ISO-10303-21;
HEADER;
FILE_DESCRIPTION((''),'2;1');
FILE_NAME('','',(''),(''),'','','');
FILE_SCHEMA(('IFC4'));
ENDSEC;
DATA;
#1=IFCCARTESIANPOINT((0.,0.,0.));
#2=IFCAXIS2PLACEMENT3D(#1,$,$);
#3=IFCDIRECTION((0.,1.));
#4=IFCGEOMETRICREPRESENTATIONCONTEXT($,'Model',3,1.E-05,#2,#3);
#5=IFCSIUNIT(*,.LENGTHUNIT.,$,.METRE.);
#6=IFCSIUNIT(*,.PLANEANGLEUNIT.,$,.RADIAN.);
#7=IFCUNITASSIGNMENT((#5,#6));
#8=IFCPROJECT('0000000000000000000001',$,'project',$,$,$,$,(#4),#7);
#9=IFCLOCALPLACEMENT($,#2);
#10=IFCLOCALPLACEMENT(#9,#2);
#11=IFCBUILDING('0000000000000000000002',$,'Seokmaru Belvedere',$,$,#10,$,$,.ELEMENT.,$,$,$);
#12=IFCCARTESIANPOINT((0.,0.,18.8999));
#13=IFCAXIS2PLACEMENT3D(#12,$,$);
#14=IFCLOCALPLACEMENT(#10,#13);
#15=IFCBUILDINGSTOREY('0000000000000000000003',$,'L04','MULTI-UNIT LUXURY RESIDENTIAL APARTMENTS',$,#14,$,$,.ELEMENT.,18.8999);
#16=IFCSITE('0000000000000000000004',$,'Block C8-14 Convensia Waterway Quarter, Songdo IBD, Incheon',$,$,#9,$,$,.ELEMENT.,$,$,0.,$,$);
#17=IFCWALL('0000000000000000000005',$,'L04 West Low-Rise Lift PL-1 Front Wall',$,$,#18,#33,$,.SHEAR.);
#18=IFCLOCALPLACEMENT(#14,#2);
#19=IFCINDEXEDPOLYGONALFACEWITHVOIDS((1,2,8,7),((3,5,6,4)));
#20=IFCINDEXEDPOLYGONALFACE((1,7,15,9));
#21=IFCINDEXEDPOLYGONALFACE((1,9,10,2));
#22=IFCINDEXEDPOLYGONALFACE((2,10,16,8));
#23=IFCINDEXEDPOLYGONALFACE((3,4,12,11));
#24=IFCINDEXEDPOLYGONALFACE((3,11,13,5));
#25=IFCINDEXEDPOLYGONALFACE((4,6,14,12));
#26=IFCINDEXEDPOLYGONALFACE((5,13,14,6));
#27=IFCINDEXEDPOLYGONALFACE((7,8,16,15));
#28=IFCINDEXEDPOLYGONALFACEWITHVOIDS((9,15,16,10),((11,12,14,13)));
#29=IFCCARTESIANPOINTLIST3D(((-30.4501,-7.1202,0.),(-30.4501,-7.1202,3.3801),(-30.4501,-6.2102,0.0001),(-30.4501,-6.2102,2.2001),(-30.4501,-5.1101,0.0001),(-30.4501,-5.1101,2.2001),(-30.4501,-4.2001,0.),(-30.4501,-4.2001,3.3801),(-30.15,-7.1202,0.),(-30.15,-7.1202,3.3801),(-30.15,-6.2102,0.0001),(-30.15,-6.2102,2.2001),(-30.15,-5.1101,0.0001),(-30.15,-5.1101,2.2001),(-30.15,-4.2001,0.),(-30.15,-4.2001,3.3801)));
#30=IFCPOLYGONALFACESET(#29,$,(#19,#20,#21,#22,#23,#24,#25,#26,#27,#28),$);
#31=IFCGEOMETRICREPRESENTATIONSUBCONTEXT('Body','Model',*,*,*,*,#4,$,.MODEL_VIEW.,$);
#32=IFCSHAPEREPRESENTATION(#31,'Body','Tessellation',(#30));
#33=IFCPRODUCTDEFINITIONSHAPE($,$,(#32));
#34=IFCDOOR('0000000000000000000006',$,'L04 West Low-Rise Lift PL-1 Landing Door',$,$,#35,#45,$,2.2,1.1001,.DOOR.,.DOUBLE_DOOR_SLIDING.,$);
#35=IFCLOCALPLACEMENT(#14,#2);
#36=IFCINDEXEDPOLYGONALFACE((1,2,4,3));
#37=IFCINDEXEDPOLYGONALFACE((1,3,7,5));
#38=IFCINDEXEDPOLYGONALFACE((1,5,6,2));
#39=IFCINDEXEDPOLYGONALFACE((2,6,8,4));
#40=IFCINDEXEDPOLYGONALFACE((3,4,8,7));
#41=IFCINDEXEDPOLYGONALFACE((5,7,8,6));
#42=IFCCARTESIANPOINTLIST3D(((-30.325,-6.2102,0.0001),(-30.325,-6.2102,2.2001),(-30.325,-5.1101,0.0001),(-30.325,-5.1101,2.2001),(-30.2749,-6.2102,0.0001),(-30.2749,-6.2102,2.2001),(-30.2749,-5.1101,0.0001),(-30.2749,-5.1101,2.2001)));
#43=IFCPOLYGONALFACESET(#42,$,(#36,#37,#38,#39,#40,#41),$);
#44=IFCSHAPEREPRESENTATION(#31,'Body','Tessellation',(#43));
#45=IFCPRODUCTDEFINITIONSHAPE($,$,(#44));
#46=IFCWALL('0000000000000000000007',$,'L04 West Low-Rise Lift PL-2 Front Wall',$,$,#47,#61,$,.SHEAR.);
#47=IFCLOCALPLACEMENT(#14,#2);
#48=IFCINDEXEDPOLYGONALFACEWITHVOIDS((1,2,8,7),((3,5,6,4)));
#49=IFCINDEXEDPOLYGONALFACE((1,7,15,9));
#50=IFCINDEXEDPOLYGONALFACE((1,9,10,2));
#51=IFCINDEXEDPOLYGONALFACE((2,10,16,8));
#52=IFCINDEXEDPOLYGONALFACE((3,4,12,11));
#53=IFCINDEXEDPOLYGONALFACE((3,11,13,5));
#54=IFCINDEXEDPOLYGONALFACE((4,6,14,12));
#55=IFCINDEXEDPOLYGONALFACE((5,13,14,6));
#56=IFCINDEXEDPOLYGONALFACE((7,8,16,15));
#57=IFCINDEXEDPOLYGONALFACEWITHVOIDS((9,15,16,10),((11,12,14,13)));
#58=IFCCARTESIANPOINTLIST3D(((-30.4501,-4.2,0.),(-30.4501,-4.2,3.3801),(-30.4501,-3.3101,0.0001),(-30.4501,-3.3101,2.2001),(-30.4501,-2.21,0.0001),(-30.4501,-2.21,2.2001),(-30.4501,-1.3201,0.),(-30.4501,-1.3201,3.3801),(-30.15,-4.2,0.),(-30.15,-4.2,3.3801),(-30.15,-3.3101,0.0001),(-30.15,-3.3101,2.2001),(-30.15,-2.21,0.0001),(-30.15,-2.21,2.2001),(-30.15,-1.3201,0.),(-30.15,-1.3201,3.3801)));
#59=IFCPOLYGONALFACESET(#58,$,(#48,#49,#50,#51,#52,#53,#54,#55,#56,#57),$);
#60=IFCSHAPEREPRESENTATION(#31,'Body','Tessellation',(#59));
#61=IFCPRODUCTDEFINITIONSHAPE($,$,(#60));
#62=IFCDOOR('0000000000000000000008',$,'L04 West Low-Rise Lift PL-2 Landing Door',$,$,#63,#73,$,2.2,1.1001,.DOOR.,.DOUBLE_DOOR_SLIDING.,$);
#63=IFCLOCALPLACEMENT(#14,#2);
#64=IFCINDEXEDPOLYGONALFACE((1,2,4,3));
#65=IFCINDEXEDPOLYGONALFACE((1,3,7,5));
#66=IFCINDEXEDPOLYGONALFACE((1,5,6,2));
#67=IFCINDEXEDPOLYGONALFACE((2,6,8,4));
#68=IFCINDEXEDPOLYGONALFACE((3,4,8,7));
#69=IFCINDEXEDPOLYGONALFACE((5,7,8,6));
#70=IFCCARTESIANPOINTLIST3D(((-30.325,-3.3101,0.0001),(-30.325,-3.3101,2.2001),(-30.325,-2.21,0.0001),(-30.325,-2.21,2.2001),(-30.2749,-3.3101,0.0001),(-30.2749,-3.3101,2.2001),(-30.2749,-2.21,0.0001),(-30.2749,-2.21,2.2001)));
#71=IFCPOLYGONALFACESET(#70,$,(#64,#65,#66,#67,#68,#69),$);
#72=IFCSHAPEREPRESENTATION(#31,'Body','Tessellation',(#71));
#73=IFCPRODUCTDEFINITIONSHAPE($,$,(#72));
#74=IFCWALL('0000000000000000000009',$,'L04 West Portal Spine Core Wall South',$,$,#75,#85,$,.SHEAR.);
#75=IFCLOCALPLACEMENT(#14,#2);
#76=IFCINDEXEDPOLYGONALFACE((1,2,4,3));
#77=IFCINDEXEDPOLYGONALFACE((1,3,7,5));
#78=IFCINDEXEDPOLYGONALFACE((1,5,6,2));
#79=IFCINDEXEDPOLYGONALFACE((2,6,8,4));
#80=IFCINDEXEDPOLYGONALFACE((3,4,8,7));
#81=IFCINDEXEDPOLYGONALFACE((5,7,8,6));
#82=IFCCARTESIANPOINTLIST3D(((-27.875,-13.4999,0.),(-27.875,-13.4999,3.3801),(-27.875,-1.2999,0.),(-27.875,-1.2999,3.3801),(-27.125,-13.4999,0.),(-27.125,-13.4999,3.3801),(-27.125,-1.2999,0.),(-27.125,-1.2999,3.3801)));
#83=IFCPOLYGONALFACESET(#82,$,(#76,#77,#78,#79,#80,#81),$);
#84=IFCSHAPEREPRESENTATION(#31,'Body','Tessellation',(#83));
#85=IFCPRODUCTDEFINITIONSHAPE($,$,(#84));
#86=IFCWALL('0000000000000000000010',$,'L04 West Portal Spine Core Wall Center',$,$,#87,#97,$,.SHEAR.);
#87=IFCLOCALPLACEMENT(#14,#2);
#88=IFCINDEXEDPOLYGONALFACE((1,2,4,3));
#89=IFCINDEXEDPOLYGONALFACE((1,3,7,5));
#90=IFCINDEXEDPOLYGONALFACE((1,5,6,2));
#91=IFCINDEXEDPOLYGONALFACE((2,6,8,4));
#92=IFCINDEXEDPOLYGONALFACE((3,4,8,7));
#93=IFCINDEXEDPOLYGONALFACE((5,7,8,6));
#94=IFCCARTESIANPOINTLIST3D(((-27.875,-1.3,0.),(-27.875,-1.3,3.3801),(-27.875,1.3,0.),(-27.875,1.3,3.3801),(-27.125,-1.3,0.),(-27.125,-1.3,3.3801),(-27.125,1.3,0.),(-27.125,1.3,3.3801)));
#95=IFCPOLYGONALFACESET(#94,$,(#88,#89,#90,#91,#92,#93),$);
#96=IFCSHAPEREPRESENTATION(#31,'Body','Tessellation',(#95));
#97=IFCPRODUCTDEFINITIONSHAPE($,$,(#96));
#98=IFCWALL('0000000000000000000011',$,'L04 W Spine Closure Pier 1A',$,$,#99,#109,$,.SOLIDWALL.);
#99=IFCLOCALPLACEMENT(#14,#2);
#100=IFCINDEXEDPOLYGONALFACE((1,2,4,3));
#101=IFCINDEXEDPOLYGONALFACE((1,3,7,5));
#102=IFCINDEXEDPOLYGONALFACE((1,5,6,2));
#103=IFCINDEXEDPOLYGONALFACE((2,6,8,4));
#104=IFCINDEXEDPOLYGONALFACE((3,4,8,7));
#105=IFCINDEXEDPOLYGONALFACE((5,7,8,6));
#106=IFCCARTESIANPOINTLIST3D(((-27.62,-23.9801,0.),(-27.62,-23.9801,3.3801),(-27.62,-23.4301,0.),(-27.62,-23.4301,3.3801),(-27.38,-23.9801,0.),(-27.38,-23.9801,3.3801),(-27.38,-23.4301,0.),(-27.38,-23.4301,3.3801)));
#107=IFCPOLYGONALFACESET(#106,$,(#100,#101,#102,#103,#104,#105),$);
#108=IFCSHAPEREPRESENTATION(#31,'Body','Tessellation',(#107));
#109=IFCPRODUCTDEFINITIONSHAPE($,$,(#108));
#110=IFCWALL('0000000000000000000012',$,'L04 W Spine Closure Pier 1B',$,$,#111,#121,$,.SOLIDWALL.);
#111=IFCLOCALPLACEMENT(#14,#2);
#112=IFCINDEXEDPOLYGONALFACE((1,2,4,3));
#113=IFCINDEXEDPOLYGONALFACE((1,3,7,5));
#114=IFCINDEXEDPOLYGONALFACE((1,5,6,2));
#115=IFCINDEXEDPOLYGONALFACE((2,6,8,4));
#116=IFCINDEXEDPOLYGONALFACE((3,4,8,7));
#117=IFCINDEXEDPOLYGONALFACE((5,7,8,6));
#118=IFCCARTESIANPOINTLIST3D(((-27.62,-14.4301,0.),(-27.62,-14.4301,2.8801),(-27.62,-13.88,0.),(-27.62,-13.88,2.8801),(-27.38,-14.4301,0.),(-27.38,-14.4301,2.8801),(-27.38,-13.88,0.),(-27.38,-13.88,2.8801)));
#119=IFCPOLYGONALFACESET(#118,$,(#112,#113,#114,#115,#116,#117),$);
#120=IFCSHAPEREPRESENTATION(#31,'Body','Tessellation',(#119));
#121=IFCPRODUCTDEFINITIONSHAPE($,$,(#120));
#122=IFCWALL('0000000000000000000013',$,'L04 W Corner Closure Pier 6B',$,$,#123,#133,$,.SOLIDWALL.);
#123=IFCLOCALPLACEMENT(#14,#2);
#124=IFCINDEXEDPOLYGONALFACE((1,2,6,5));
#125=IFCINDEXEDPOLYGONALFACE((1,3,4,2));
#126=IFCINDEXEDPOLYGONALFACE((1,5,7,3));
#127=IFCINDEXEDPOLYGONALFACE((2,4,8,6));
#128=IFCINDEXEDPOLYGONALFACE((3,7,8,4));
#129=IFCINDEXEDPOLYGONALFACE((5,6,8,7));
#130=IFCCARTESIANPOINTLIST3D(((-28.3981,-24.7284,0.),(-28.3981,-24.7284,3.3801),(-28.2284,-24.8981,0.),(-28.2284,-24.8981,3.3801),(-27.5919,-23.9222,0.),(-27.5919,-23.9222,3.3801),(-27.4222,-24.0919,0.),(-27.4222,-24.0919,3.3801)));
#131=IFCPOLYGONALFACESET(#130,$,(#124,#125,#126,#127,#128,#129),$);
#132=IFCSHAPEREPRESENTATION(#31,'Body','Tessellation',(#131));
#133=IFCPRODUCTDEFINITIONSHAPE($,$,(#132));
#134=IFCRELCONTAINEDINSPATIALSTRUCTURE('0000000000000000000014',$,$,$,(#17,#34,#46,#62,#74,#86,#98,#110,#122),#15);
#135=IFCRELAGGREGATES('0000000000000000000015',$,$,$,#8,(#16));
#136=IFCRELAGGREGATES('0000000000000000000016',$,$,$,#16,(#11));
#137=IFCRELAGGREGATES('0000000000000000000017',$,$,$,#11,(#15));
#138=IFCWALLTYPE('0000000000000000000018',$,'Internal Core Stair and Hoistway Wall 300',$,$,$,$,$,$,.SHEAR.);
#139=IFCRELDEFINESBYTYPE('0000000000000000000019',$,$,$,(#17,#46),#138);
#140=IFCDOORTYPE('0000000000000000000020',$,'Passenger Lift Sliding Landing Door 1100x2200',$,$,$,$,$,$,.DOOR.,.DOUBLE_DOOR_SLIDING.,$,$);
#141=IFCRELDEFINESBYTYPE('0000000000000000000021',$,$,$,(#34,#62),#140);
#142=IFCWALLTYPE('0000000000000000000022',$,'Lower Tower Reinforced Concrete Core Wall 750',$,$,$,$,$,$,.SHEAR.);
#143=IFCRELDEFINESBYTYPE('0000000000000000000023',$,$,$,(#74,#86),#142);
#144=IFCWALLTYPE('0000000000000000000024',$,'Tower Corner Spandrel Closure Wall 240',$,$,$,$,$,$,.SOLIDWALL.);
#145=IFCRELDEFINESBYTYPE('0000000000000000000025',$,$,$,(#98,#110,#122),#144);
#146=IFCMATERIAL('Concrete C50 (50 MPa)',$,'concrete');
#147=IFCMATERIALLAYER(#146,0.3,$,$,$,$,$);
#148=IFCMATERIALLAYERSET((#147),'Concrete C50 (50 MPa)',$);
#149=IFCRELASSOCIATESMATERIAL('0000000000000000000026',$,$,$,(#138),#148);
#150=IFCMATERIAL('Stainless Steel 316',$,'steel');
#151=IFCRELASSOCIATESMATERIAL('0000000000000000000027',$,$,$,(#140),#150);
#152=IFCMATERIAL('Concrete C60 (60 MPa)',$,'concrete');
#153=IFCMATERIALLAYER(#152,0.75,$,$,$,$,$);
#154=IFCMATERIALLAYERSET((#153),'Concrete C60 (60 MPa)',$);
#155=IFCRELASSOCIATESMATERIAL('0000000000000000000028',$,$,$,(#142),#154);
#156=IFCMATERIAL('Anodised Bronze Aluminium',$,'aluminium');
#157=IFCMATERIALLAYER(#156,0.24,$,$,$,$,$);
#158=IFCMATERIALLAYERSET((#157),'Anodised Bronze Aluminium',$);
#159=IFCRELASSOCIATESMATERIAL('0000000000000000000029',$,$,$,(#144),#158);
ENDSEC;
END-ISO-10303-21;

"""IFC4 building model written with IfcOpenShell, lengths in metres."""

from ifc_helpers import new_model, si_unit, direction, frame, frame_2d, origin, place, context, subcontext, project, spatial, rectangle, extrude, source, transform, mapped, material, layer, layer_set, type_object, type_shapes, element, fill, save


model = new_model("IFC4")

# Units and contexts
model_context = context("Model", 3, precision=1e-05, world=origin(), true_north=direction((0.0, 1.0)))
body_context = subcontext(model_context, "Body", "Model", "MODEL_VIEW")
ifc_project = project(units=[si_unit("LENGTHUNIT", "METRE"), si_unit("PLANEANGLEUNIT", "RADIAN")], contexts=[model_context])

# Site, building, storey
site_placement = place(None, origin())
site = spatial("IfcSite", under=ifc_project, at=site_placement, Name="Block C8-14 Convensia Waterway Quarter, Songdo IBD, Incheon", CompositionType="ELEMENT", RefElevation=0.0)
building_placement = place(site_placement, origin())
building = spatial("IfcBuilding", under=site, at=building_placement, Name="Seokmaru Belvedere", CompositionType="ELEMENT")
storey_placement = place(building_placement, frame((0.0, 0.0, 18.8999)))
storey = spatial("IfcBuildingStorey", under=building, at=storey_placement, Name="L04", Description="MULTI-UNIT LUXURY RESIDENTIAL APARTMENTS", CompositionType="ELEMENT", Elevation=18.8999)

# Shared definitions
ifc_material_1 = material(Name="Anodised Bronze Aluminium", Category="aluminium")

# Shared definitions
ifc_material_2 = material(Name="Concrete C50 (50 MPa)", Category="concrete")

# Walls, openings, doors
ifc_layer_1 = layer(ifc_material_2, 0.3)
ifc_layer_set_1 = layer_set([ifc_layer_1], Name="Concrete C50 (50 MPa)")
wall_type_1 = type_object("IfcWallType", Name="Internal Core Stair and Hoistway Wall 300", PredefinedType="SHEAR", material=ifc_layer_set_1)
ifc_material_3 = material(Name="Stainless Steel 316", Category="steel")
wall_1_placement = place(storey_placement, frame((-30.3, -7.1201, 0.0), z_axis=(0.0, 0.0, 1.0), x_axis=(0.0, 1.0, 0.0)))
wall_1 = element("IfcWall", 1, at=wall_1_placement, inside=storey, type_object=wall_type_1, Name="L04 West Low-Rise Lift PL-1 Front Wall", PredefinedType="SHEAR", context=body_context, shape_type="SweptSolid", body=[
    extrude(rectangle(XDim=2.9202, YDim=0.3, at=frame_2d((1.46, 0.0))), origin(), (0.0, 0.0, 1.0), 3.3801),
])
opening_1_placement = place(wall_1_placement, frame((0.9099, 0.0, 0.0)))
opening_1 = element("IfcOpeningElement", 2, at=opening_1_placement, cuts=wall_1, PredefinedType="OPENING", context=body_context, shape_type="SweptSolid", body=[
    extrude(rectangle(XDim=1.1001, YDim=2.2, at=frame_2d((0.55, 1.1001))), frame((0.0, 0.1602, 0.0), z_axis=(0.0, -1.0, 0.0), x_axis=(1.0, 0.0, 0.0)), (0.0, 0.0, 1.0), 0.3201),
])
door_type_1 = type_object("IfcDoorType", Name="Passenger Lift Sliding Landing Door 1100x2200", OperationType="DOUBLE_DOOR_SLIDING", PredefinedType="DOOR", material=ifc_material_3)
shared_shape_1 = source(origin(), body_context, "Body", "SweptSolid", [
    extrude(rectangle(XDim=1.1001, YDim=2.2, at=frame_2d((0.55, 1.1001))), frame((0.0, 0.0249, 0.0), z_axis=(0.0, -1.0, 0.0), x_axis=(1.0, 0.0, 0.0)), (0.0, 0.0, 1.0), 0.05),
])
type_shapes(door_type_1, [shared_shape_1])
door_1_placement = place(opening_1_placement, origin())
door_1 = element("IfcDoor", 3, at=door_1_placement, inside=storey, type_object=door_type_1, Name="L04 West Low-Rise Lift PL-1 Landing Door", OperationType="DOUBLE_DOOR_SLIDING", OverallHeight=2.2, OverallWidth=1.1001, PredefinedType="DOOR", context=body_context, shape_type="MappedRepresentation", body=[
    mapped(shared_shape_1, transform((0.0, 0.0, 0.0), scale=1.0)),
])
fill(opening_1, door_1)
wall_2_placement = place(storey_placement, frame((-30.3, -4.2, 0.0), z_axis=(0.0, 0.0, 1.0), x_axis=(0.0, 1.0, 0.0)))
wall_2 = element("IfcWall", 4, at=wall_2_placement, inside=storey, type_object=wall_type_1, Name="L04 West Low-Rise Lift PL-2 Front Wall", PredefinedType="SHEAR", context=body_context, shape_type="SweptSolid", body=[
    extrude(rectangle(XDim=2.8799, YDim=0.3, at=frame_2d((1.4399, 0.0))), origin(), (0.0, 0.0, 1.0), 3.3801),
])
opening_2_placement = place(wall_2_placement, frame((0.8899, 0.0, 0.0)))
opening_2 = element("IfcOpeningElement", 5, at=opening_2_placement, cuts=wall_2, PredefinedType="OPENING", context=body_context, shape_type="SweptSolid", body=[
    extrude(rectangle(XDim=1.1001, YDim=2.2, at=frame_2d((0.55, 1.1001))), frame((0.0, 0.1602, 0.0), z_axis=(0.0, -1.0, 0.0), x_axis=(1.0, 0.0, 0.0)), (0.0, 0.0, 1.0), 0.3201),
])
door_2_placement = place(opening_2_placement, origin())
door_2 = element("IfcDoor", 6, at=door_2_placement, inside=storey, type_object=door_type_1, Name="L04 West Low-Rise Lift PL-2 Landing Door", OperationType="DOUBLE_DOOR_SLIDING", OverallHeight=2.2, OverallWidth=1.1001, PredefinedType="DOOR", context=body_context, shape_type="MappedRepresentation", body=[
    mapped(shared_shape_1, transform((0.0, 0.0, 0.0), scale=1.0)),
])
fill(opening_2, door_2)

# Walls
ifc_material_4 = material(Name="Concrete C60 (60 MPa)", Category="concrete")
ifc_layer_2 = layer(ifc_material_4, 0.75)
ifc_layer_set_2 = layer_set([ifc_layer_2], Name="Concrete C60 (60 MPa)")
wall_type_2 = type_object("IfcWallType", Name="Lower Tower Reinforced Concrete Core Wall 750", PredefinedType="SHEAR", material=ifc_layer_set_2)
wall_3_placement = place(storey_placement, frame((-27.5, -13.5, 0.0), z_axis=(0.0, 0.0, 1.0), x_axis=(0.0, 1.0, 0.0)))
element("IfcWall", 7, at=wall_3_placement, inside=storey, type_object=wall_type_2, Name="L04 West Portal Spine Core Wall South", PredefinedType="SHEAR", context=body_context, shape_type="SweptSolid", body=[
    extrude(rectangle(XDim=12.2, YDim=0.75, at=frame_2d((6.1001, 0.0))), origin(), (0.0, 0.0, 1.0), 3.3801),
])
wall_4_placement = place(storey_placement, frame((-27.5, -1.3, 0.0), z_axis=(0.0, 0.0, 1.0), x_axis=(0.0, 1.0, 0.0)))
element("IfcWall", 8, at=wall_4_placement, inside=storey, type_object=wall_type_2, Name="L04 West Portal Spine Core Wall Center", PredefinedType="SHEAR", context=body_context, shape_type="SweptSolid", body=[
    extrude(rectangle(XDim=2.6001, YDim=0.75, at=frame_2d((1.3, 0.0))), origin(), (0.0, 0.0, 1.0), 3.3801),
])
ifc_layer_3 = layer(ifc_material_1, 0.24)
ifc_layer_set_3 = layer_set([ifc_layer_3], Name="Anodised Bronze Aluminium")
wall_type_3 = type_object("IfcWallType", Name="Tower Corner Spandrel Closure Wall 240", PredefinedType="SOLIDWALL", material=ifc_layer_set_3)
wall_5_placement = place(storey_placement, frame((-27.5, -23.98, 0.0), z_axis=(0.0, 0.0, 1.0), x_axis=(0.0, 1.0, 0.0)))
element("IfcWall", 9, at=wall_5_placement, inside=storey, type_object=wall_type_3, Name="L04 W Spine Closure Pier 1A", PredefinedType="SOLIDWALL", context=body_context, shape_type="SweptSolid", body=[
    extrude(rectangle(XDim=0.55, YDim=0.24, at=frame_2d((0.2749, 0.0))), origin(), (0.0, 0.0, 1.0), 3.3801),
])
wall_6_placement = place(storey_placement, frame((-27.5, -14.4299, 0.0), z_axis=(0.0, 0.0, 1.0), x_axis=(0.0, 1.0, 0.0)))
element("IfcWall", 10, at=wall_6_placement, inside=storey, type_object=wall_type_3, Name="L04 W Spine Closure Pier 1B", PredefinedType="SOLIDWALL", context=body_context, shape_type="SweptSolid", body=[
    extrude(rectangle(XDim=0.55, YDim=0.24, at=frame_2d((0.2749, 0.0))), origin(), (0.0, 0.0, 1.0), 2.8801),
])
wall_7_placement = place(storey_placement, frame((-28.3132, -24.8132, 0.0), z_axis=(0.0, 0.0, 1.0), x_axis=(0.707107, 0.707107, 0.0)))
element("IfcWall", 11, at=wall_7_placement, inside=storey, type_object=wall_type_3, Name="L04 W Corner Closure Pier 6B", PredefinedType="SOLIDWALL", context=body_context, shape_type="SweptSolid", body=[
    extrude(rectangle(XDim=1.1401, YDim=0.24, at=frame_2d((0.5701, 0.0))), origin(), (0.0, 0.0, 1.0), 3.3801),
])

save(model, "model.ifc")
